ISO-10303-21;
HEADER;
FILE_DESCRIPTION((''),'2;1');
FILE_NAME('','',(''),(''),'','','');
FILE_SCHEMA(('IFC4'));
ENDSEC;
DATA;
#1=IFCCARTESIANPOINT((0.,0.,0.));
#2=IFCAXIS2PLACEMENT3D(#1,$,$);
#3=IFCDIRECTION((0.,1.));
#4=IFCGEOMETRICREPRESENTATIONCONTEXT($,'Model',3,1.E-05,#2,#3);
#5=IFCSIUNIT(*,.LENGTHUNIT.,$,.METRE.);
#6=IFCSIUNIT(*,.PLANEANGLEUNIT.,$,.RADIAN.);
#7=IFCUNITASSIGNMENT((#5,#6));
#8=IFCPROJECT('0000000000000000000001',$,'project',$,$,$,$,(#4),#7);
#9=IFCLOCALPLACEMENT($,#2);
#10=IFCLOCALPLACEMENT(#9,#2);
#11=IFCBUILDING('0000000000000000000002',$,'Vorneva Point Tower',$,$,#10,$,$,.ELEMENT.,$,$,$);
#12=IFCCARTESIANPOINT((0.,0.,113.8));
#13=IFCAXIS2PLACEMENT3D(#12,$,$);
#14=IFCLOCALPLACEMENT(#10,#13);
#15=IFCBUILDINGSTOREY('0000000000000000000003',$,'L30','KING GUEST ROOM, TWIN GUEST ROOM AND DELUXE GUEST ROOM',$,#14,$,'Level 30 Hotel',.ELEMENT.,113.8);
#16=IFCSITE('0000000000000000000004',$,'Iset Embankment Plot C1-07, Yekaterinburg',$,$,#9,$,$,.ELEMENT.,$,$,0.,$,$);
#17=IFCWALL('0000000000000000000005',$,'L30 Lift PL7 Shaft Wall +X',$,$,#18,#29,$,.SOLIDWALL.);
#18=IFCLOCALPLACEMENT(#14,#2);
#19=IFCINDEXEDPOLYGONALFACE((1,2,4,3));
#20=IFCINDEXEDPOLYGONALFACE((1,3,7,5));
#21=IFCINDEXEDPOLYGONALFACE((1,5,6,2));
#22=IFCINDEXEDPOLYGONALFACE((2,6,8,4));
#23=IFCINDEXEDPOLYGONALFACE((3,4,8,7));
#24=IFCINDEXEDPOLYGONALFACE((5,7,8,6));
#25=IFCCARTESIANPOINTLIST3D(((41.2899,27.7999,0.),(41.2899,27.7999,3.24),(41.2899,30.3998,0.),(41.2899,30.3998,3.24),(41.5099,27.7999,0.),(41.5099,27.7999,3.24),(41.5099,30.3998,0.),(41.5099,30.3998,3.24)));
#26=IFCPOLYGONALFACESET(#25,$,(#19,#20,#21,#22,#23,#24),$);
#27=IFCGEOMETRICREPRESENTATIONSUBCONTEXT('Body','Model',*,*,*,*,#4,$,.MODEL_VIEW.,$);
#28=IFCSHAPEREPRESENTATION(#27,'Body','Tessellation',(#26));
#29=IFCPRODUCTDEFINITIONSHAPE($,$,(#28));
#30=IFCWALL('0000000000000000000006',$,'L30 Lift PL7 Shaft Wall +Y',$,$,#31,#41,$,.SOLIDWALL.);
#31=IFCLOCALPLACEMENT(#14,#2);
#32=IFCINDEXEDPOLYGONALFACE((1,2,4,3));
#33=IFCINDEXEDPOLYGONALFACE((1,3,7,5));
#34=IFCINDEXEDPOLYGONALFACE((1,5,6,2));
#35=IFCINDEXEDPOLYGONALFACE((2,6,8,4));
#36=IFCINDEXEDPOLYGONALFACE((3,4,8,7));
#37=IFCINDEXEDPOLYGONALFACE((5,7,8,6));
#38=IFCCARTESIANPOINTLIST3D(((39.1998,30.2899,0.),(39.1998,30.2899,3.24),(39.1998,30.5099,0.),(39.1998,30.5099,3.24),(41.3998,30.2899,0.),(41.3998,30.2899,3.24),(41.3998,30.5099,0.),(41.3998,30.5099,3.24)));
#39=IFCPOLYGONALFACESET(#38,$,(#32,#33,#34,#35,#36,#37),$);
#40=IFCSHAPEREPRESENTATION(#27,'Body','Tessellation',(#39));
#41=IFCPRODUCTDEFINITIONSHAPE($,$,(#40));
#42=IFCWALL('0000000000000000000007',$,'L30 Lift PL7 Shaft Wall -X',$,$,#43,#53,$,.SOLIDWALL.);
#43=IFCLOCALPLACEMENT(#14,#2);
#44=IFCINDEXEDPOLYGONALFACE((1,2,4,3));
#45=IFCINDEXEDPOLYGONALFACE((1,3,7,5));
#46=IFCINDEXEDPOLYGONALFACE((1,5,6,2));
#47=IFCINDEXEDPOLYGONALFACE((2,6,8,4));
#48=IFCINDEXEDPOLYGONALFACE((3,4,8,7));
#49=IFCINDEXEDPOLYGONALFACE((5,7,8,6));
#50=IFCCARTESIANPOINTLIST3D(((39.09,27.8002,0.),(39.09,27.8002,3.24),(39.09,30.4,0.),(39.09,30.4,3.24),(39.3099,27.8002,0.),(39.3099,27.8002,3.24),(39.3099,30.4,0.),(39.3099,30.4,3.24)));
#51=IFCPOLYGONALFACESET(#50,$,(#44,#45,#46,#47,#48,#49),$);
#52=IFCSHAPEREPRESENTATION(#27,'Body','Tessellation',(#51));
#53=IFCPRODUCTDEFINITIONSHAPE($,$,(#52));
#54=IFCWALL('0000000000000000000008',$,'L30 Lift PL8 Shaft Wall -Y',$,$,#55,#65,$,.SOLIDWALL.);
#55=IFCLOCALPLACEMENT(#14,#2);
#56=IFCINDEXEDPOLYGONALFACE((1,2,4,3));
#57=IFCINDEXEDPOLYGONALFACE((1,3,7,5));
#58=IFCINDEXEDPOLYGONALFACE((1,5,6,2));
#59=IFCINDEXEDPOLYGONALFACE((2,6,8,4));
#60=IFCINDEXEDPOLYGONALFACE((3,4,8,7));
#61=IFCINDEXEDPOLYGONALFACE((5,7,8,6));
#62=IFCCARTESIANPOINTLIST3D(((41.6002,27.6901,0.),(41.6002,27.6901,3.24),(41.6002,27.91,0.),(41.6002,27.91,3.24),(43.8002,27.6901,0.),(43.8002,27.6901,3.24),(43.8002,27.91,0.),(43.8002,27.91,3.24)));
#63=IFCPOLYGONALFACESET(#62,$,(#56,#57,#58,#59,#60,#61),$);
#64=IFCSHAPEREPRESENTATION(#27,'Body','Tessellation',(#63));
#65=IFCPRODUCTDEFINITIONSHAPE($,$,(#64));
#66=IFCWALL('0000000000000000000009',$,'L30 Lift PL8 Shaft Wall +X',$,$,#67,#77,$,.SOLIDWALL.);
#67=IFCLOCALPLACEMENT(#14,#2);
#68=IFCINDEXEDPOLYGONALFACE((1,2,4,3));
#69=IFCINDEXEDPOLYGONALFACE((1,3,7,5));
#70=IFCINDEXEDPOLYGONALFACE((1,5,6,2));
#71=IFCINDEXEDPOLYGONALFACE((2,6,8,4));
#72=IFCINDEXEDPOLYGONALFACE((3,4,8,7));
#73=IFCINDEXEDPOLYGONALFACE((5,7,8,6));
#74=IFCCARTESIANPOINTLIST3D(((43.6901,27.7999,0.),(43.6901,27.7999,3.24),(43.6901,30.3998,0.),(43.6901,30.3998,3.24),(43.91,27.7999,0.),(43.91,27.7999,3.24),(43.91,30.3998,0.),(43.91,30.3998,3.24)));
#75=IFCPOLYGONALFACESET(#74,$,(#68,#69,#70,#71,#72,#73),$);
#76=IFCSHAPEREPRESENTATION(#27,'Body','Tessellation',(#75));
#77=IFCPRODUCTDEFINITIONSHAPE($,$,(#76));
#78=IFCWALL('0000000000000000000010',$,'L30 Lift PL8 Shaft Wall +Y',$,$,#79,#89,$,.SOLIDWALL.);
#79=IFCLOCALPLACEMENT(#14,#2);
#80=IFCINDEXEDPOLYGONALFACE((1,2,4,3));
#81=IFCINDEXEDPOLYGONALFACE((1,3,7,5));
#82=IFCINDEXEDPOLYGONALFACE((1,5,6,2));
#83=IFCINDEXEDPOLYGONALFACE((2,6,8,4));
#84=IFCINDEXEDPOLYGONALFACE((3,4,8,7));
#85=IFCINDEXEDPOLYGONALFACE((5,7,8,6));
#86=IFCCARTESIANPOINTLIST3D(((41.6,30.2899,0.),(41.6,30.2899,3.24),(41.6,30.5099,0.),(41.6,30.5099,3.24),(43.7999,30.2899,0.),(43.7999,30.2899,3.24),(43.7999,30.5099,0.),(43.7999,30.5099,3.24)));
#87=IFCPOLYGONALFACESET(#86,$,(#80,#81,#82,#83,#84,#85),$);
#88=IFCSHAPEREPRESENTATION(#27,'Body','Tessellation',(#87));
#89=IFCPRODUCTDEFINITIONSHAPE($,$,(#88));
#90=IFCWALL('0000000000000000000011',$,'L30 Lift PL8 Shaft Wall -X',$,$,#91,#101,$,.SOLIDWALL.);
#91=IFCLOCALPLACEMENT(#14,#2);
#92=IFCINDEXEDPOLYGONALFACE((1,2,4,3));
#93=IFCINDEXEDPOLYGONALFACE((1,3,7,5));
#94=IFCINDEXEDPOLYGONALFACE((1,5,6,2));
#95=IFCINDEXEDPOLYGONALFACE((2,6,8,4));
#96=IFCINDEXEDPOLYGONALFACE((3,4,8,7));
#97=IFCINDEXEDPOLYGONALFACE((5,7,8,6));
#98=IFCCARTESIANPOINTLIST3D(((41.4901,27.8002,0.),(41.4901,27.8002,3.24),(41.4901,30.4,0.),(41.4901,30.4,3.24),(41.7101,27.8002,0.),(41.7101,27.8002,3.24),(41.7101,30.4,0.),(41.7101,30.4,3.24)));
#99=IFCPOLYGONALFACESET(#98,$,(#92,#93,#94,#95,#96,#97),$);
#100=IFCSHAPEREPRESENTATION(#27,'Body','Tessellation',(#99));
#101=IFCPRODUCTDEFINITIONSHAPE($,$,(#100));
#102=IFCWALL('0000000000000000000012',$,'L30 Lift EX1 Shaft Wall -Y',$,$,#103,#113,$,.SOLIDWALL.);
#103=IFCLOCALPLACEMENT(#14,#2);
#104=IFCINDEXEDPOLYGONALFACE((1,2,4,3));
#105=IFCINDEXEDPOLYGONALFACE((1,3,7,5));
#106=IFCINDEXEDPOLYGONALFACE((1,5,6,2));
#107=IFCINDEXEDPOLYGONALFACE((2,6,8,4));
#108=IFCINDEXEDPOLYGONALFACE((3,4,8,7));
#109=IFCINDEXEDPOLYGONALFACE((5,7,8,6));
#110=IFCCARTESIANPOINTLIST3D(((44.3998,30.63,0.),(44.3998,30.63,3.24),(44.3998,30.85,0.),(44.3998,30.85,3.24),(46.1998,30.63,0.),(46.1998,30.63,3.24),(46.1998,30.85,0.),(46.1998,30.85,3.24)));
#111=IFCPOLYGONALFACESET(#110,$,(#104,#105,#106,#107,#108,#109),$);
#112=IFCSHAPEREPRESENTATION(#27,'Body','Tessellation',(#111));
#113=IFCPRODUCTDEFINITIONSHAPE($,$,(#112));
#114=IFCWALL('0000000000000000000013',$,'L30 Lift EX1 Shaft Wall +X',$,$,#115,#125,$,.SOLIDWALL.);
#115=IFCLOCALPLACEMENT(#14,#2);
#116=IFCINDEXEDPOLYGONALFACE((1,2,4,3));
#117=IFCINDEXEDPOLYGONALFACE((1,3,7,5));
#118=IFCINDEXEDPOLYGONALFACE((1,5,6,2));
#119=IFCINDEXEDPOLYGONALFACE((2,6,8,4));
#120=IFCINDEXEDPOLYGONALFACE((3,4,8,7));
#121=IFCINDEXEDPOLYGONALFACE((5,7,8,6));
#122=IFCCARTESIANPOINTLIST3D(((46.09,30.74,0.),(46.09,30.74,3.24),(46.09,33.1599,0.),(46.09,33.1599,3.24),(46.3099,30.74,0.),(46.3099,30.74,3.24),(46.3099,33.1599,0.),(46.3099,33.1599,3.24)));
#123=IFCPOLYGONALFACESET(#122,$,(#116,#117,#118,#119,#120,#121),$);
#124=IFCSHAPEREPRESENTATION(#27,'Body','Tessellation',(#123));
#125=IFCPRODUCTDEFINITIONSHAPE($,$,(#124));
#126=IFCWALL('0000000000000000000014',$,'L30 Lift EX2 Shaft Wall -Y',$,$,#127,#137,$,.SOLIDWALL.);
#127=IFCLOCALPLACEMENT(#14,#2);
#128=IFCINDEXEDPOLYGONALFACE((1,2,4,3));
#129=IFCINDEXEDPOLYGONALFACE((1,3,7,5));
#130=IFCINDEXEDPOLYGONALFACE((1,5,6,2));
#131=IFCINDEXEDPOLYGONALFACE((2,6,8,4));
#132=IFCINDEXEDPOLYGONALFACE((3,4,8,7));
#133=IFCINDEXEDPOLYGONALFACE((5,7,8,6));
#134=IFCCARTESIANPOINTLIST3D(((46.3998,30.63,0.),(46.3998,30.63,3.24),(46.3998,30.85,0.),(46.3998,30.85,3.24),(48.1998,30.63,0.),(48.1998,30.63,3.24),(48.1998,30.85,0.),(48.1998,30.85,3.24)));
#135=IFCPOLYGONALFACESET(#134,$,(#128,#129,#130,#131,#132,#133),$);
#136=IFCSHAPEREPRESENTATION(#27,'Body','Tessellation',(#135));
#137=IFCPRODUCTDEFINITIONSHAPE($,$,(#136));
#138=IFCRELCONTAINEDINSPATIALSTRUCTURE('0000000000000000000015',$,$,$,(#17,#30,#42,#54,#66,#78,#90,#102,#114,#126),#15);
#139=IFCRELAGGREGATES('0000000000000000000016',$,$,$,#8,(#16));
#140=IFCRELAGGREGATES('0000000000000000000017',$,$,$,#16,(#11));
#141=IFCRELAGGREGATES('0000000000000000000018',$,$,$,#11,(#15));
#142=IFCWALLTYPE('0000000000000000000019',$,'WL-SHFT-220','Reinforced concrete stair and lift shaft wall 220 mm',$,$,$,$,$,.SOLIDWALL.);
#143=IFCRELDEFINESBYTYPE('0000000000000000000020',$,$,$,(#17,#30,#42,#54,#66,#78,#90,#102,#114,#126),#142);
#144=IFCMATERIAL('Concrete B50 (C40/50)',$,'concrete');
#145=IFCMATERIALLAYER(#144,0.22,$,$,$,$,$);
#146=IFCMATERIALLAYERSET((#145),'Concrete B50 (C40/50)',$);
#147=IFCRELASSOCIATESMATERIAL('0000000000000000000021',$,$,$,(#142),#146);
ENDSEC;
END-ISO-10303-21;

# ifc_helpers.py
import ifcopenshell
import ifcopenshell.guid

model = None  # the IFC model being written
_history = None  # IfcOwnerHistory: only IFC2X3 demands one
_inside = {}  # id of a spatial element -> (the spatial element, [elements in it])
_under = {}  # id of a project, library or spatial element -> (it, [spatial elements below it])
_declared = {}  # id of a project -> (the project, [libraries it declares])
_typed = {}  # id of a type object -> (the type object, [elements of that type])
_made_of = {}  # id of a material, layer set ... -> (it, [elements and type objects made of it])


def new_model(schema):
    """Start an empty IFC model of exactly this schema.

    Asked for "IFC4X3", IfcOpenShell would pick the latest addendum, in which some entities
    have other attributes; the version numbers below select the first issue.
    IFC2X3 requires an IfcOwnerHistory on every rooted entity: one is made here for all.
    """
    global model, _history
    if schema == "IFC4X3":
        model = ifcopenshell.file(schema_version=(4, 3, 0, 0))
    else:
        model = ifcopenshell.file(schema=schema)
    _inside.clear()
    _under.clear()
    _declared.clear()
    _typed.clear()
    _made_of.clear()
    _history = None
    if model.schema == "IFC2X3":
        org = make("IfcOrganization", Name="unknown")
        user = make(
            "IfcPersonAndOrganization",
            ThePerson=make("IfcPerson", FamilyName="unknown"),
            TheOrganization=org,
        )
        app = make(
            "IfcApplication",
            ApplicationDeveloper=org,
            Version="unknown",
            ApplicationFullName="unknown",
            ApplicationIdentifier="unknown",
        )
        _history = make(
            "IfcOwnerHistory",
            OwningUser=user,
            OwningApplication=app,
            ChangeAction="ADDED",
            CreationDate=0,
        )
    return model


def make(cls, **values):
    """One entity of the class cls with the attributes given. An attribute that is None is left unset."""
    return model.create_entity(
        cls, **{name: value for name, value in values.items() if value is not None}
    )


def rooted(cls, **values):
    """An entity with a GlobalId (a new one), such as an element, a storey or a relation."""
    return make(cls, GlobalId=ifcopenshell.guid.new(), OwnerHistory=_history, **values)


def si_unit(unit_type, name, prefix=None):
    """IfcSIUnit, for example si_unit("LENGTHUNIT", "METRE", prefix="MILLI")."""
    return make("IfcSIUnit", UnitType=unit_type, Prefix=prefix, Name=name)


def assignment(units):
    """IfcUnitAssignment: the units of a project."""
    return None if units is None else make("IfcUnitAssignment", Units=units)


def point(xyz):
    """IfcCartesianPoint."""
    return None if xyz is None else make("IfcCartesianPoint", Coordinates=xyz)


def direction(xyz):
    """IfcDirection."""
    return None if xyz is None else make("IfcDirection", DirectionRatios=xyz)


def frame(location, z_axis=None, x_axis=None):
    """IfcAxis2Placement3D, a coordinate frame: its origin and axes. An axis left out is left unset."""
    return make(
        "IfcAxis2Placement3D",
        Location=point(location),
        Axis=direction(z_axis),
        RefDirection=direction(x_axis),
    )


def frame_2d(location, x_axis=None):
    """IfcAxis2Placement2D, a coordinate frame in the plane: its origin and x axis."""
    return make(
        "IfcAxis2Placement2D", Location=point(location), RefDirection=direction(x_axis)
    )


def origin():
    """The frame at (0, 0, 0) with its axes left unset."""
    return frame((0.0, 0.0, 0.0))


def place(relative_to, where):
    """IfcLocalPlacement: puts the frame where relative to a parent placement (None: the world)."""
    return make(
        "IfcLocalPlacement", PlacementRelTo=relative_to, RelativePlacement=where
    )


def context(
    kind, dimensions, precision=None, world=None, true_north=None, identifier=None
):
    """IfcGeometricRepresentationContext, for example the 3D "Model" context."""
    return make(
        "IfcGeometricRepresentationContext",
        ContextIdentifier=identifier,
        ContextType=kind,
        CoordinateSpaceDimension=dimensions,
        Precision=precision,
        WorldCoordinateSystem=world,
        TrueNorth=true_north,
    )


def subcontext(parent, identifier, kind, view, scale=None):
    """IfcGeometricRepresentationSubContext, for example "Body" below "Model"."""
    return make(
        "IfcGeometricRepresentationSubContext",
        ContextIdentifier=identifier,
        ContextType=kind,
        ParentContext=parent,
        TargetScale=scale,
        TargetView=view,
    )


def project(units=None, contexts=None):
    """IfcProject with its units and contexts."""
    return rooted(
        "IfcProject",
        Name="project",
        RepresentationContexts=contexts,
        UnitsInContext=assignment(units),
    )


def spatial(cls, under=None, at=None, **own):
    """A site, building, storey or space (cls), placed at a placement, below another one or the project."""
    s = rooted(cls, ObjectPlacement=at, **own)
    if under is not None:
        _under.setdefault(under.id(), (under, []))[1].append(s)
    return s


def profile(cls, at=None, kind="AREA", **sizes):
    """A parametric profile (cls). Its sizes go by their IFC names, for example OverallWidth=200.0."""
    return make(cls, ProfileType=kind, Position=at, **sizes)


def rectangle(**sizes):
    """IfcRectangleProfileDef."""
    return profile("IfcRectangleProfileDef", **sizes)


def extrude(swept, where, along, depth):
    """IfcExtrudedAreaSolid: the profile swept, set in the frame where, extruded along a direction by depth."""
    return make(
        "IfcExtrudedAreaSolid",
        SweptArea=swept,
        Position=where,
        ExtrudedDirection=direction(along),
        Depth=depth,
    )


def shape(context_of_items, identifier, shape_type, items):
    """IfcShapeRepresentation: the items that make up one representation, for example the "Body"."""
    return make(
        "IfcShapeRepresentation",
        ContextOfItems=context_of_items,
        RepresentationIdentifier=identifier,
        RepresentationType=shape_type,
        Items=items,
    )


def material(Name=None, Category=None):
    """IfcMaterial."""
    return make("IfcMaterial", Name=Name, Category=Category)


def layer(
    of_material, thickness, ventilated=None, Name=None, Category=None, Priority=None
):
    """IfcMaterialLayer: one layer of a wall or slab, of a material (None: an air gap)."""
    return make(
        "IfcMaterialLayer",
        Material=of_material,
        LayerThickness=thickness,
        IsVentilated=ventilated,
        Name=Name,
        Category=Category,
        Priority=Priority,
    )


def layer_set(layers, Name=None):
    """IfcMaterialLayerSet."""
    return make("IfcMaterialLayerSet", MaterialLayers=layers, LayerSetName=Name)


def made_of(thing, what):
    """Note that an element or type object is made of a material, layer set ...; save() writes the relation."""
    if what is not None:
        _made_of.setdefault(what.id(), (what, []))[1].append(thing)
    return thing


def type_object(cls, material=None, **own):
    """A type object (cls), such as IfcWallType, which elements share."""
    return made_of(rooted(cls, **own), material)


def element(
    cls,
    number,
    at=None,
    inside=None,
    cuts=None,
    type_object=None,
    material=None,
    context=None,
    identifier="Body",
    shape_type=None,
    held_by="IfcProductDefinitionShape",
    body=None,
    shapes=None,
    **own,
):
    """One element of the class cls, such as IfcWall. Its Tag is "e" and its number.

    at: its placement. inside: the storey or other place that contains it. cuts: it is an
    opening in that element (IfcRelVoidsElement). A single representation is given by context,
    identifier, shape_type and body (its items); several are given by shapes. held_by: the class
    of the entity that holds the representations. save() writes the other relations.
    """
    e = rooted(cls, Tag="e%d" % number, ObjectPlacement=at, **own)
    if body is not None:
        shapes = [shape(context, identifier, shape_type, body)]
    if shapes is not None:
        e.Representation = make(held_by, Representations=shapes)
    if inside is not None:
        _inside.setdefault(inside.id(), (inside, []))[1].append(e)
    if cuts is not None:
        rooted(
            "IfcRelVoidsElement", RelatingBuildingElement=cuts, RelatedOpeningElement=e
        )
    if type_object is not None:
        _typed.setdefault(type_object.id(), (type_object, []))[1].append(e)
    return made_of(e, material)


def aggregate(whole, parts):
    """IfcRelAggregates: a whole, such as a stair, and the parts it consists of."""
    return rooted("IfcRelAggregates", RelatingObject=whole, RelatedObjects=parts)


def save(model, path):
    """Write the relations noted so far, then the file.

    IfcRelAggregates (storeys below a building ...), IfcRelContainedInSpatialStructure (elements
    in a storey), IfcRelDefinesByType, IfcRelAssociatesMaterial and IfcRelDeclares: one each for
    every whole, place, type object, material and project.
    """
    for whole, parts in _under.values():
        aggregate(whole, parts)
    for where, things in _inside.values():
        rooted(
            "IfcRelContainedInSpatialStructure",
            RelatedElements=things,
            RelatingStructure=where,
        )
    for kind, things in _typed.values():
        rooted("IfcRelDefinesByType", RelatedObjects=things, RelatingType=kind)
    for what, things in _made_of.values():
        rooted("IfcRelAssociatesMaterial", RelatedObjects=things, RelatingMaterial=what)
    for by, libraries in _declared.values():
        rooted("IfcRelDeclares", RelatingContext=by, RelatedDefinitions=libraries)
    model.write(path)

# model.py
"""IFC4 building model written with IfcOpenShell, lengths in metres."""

from ifc_helpers import new_model, si_unit, direction, frame, frame_2d, origin, place, context, subcontext, project, spatial, rectangle, extrude, material, layer, layer_set, type_object, element, save


model = new_model("IFC4")

# Units and contexts
model_context = context("Model", 3, precision=1e-05, world=origin(), true_north=direction((0.0, 1.0)))
body_context = subcontext(model_context, "Body", "Model", "MODEL_VIEW")
ifc_project = project(units=[si_unit("LENGTHUNIT", "METRE"), si_unit("PLANEANGLEUNIT", "RADIAN")], contexts=[model_context])

# Site, building, storey
site_placement = place(None, origin())
site = spatial("IfcSite", under=ifc_project, at=site_placement, Name="Iset Embankment Plot C1-07, Yekaterinburg", CompositionType="ELEMENT", RefElevation=0.0)
building_placement = place(site_placement, origin())
building = spatial("IfcBuilding", under=site, at=building_placement, Name="Vorneva Point Tower", CompositionType="ELEMENT")
storey_placement = place(building_placement, frame((0.0, 0.0, 113.8)))
storey = spatial("IfcBuildingStorey", under=building, at=storey_placement, Name="L30", Description="KING GUEST ROOM, TWIN GUEST ROOM AND DELUXE GUEST ROOM", LongName="Level 30 Hotel", CompositionType="ELEMENT", Elevation=113.8)

# Walls
ifc_material_1 = material(Name="Concrete B50 (C40/50)", Category="concrete")
ifc_layer_1 = layer(ifc_material_1, 0.22)
ifc_layer_set_1 = layer_set([ifc_layer_1], Name="Concrete B50 (C40/50)")
wall_type_1 = type_object("IfcWallType", Name="WL-SHFT-220", Description="Reinforced concrete stair and lift shaft wall 220 mm", PredefinedType="SOLIDWALL", material=ifc_layer_set_1)
wall_1_placement = place(storey_placement, frame((41.3999, 27.8, 0.0), z_axis=(0.0, 0.0, 1.0), x_axis=(0.0, 1.0, 0.0)))
element("IfcWall", 1, at=wall_1_placement, inside=storey, type_object=wall_type_1, Name="L30 Lift PL7 Shaft Wall +X", PredefinedType="SOLIDWALL", context=body_context, shape_type="SweptSolid", body=[
    extrude(rectangle(XDim=2.5999, YDim=0.22, at=frame_2d((1.2998, 0.0))), origin(), (0.0, 0.0, 1.0), 3.24),
])
wall_2_placement = place(storey_placement, frame((41.3999, 30.3999, 0.0), z_axis=(0.0, 0.0, 1.0), x_axis=(-1.0, 0.0, 0.0)))
element("IfcWall", 2, at=wall_2_placement, inside=storey, type_object=wall_type_1, Name="L30 Lift PL7 Shaft Wall +Y", PredefinedType="SOLIDWALL", context=body_context, shape_type="SweptSolid", body=[
    extrude(rectangle(XDim=2.2, YDim=0.22, at=frame_2d((1.1001, 0.0))), origin(), (0.0, 0.0, 1.0), 3.24),
])
wall_3_placement = place(storey_placement, frame((39.2, 30.3999, 0.0), z_axis=(0.0, 0.0, 1.0), x_axis=(0.0, -1.0, 0.0)))
element("IfcWall", 3, at=wall_3_placement, inside=storey, type_object=wall_type_1, Name="L30 Lift PL7 Shaft Wall -X", PredefinedType="SOLIDWALL", context=body_context, shape_type="SweptSolid", body=[
    extrude(rectangle(XDim=2.5999, YDim=0.22, at=frame_2d((1.2998, 0.0))), origin(), (0.0, 0.0, 1.0), 3.24),
])
wall_4_placement = place(storey_placement, frame((41.6001, 27.8, 0.0), z_axis=(0.0, 0.0, 1.0), x_axis=(1.0, 0.0, 0.0)))
element("IfcWall", 4, at=wall_4_placement, inside=storey, type_object=wall_type_1, Name="L30 Lift PL8 Shaft Wall -Y", PredefinedType="SOLIDWALL", context=body_context, shape_type="SweptSolid", body=[
    extrude(rectangle(XDim=2.2, YDim=0.22, at=frame_2d((1.1001, 0.0))), origin(), (0.0, 0.0, 1.0), 3.24),
])
wall_5_placement = place(storey_placement, frame((43.8, 27.8, 0.0), z_axis=(0.0, 0.0, 1.0), x_axis=(0.0, 1.0, 0.0)))
element("IfcWall", 5, at=wall_5_placement, inside=storey, type_object=wall_type_1, Name="L30 Lift PL8 Shaft Wall +X", PredefinedType="SOLIDWALL", context=body_context, shape_type="SweptSolid", body=[
    extrude(rectangle(XDim=2.5999, YDim=0.22, at=frame_2d((1.2998, 0.0))), origin(), (0.0, 0.0, 1.0), 3.24),
])
wall_6_placement = place(storey_placement, frame((43.8, 30.3999, 0.0), z_axis=(0.0, 0.0, 1.0), x_axis=(-1.0, 0.0, 0.0)))
element("IfcWall", 6, at=wall_6_placement, inside=storey, type_object=wall_type_1, Name="L30 Lift PL8 Shaft Wall +Y", PredefinedType="SOLIDWALL", context=body_context, shape_type="SweptSolid", body=[
    extrude(rectangle(XDim=2.2, YDim=0.22, at=frame_2d((1.1001, 0.0))), origin(), (0.0, 0.0, 1.0), 3.24),
])
wall_7_placement = place(storey_placement, frame((41.6001, 30.3999, 0.0), z_axis=(0.0, 0.0, 1.0), x_axis=(0.0, -1.0, 0.0)))
element("IfcWall", 7, at=wall_7_placement, inside=storey, type_object=wall_type_1, Name="L30 Lift PL8 Shaft Wall -X", PredefinedType="SOLIDWALL", context=body_context, shape_type="SweptSolid", body=[
    extrude(rectangle(XDim=2.5999, YDim=0.22, at=frame_2d((1.2998, 0.0))), origin(), (0.0, 0.0, 1.0), 3.24),
])
wall_8_placement = place(storey_placement, frame((44.3999, 30.74, 0.0), z_axis=(0.0, 0.0, 1.0), x_axis=(1.0, 0.0, 0.0)))
element("IfcWall", 8, at=wall_8_placement, inside=storey, type_object=wall_type_1, Name="L30 Lift EX1 Shaft Wall -Y", PredefinedType="SOLIDWALL", context=body_context, shape_type="SweptSolid", body=[
    extrude(rectangle(XDim=1.8, YDim=0.22, at=frame_2d((0.8999, 0.0))), origin(), (0.0, 0.0, 1.0), 3.24),
])
wall_9_placement = place(storey_placement, frame((46.2, 30.74, 0.0), z_axis=(0.0, 0.0, 1.0), x_axis=(0.0, 1.0, 0.0)))
element("IfcWall", 9, at=wall_9_placement, inside=storey, type_object=wall_type_1, Name="L30 Lift EX1 Shaft Wall +X", PredefinedType="SOLIDWALL", context=body_context, shape_type="SweptSolid", body=[
    extrude(rectangle(XDim=2.4199, YDim=0.22, at=frame_2d((1.21, 0.0))), origin(), (0.0, 0.0, 1.0), 3.24),
])
wall_10_placement = place(storey_placement, frame((46.3999, 30.74, 0.0), z_axis=(0.0, 0.0, 1.0), x_axis=(1.0, 0.0, 0.0)))
element("IfcWall", 10, at=wall_10_placement, inside=storey, type_object=wall_type_1, Name="L30 Lift EX2 Shaft Wall -Y", PredefinedType="SOLIDWALL", context=body_context, shape_type="SweptSolid", body=[
    extrude(rectangle(XDim=1.8, YDim=0.22, at=frame_2d((0.8999, 0.0))), origin(), (0.0, 0.0, 1.0), 3.24),
])

save(model, "model.ifc")
